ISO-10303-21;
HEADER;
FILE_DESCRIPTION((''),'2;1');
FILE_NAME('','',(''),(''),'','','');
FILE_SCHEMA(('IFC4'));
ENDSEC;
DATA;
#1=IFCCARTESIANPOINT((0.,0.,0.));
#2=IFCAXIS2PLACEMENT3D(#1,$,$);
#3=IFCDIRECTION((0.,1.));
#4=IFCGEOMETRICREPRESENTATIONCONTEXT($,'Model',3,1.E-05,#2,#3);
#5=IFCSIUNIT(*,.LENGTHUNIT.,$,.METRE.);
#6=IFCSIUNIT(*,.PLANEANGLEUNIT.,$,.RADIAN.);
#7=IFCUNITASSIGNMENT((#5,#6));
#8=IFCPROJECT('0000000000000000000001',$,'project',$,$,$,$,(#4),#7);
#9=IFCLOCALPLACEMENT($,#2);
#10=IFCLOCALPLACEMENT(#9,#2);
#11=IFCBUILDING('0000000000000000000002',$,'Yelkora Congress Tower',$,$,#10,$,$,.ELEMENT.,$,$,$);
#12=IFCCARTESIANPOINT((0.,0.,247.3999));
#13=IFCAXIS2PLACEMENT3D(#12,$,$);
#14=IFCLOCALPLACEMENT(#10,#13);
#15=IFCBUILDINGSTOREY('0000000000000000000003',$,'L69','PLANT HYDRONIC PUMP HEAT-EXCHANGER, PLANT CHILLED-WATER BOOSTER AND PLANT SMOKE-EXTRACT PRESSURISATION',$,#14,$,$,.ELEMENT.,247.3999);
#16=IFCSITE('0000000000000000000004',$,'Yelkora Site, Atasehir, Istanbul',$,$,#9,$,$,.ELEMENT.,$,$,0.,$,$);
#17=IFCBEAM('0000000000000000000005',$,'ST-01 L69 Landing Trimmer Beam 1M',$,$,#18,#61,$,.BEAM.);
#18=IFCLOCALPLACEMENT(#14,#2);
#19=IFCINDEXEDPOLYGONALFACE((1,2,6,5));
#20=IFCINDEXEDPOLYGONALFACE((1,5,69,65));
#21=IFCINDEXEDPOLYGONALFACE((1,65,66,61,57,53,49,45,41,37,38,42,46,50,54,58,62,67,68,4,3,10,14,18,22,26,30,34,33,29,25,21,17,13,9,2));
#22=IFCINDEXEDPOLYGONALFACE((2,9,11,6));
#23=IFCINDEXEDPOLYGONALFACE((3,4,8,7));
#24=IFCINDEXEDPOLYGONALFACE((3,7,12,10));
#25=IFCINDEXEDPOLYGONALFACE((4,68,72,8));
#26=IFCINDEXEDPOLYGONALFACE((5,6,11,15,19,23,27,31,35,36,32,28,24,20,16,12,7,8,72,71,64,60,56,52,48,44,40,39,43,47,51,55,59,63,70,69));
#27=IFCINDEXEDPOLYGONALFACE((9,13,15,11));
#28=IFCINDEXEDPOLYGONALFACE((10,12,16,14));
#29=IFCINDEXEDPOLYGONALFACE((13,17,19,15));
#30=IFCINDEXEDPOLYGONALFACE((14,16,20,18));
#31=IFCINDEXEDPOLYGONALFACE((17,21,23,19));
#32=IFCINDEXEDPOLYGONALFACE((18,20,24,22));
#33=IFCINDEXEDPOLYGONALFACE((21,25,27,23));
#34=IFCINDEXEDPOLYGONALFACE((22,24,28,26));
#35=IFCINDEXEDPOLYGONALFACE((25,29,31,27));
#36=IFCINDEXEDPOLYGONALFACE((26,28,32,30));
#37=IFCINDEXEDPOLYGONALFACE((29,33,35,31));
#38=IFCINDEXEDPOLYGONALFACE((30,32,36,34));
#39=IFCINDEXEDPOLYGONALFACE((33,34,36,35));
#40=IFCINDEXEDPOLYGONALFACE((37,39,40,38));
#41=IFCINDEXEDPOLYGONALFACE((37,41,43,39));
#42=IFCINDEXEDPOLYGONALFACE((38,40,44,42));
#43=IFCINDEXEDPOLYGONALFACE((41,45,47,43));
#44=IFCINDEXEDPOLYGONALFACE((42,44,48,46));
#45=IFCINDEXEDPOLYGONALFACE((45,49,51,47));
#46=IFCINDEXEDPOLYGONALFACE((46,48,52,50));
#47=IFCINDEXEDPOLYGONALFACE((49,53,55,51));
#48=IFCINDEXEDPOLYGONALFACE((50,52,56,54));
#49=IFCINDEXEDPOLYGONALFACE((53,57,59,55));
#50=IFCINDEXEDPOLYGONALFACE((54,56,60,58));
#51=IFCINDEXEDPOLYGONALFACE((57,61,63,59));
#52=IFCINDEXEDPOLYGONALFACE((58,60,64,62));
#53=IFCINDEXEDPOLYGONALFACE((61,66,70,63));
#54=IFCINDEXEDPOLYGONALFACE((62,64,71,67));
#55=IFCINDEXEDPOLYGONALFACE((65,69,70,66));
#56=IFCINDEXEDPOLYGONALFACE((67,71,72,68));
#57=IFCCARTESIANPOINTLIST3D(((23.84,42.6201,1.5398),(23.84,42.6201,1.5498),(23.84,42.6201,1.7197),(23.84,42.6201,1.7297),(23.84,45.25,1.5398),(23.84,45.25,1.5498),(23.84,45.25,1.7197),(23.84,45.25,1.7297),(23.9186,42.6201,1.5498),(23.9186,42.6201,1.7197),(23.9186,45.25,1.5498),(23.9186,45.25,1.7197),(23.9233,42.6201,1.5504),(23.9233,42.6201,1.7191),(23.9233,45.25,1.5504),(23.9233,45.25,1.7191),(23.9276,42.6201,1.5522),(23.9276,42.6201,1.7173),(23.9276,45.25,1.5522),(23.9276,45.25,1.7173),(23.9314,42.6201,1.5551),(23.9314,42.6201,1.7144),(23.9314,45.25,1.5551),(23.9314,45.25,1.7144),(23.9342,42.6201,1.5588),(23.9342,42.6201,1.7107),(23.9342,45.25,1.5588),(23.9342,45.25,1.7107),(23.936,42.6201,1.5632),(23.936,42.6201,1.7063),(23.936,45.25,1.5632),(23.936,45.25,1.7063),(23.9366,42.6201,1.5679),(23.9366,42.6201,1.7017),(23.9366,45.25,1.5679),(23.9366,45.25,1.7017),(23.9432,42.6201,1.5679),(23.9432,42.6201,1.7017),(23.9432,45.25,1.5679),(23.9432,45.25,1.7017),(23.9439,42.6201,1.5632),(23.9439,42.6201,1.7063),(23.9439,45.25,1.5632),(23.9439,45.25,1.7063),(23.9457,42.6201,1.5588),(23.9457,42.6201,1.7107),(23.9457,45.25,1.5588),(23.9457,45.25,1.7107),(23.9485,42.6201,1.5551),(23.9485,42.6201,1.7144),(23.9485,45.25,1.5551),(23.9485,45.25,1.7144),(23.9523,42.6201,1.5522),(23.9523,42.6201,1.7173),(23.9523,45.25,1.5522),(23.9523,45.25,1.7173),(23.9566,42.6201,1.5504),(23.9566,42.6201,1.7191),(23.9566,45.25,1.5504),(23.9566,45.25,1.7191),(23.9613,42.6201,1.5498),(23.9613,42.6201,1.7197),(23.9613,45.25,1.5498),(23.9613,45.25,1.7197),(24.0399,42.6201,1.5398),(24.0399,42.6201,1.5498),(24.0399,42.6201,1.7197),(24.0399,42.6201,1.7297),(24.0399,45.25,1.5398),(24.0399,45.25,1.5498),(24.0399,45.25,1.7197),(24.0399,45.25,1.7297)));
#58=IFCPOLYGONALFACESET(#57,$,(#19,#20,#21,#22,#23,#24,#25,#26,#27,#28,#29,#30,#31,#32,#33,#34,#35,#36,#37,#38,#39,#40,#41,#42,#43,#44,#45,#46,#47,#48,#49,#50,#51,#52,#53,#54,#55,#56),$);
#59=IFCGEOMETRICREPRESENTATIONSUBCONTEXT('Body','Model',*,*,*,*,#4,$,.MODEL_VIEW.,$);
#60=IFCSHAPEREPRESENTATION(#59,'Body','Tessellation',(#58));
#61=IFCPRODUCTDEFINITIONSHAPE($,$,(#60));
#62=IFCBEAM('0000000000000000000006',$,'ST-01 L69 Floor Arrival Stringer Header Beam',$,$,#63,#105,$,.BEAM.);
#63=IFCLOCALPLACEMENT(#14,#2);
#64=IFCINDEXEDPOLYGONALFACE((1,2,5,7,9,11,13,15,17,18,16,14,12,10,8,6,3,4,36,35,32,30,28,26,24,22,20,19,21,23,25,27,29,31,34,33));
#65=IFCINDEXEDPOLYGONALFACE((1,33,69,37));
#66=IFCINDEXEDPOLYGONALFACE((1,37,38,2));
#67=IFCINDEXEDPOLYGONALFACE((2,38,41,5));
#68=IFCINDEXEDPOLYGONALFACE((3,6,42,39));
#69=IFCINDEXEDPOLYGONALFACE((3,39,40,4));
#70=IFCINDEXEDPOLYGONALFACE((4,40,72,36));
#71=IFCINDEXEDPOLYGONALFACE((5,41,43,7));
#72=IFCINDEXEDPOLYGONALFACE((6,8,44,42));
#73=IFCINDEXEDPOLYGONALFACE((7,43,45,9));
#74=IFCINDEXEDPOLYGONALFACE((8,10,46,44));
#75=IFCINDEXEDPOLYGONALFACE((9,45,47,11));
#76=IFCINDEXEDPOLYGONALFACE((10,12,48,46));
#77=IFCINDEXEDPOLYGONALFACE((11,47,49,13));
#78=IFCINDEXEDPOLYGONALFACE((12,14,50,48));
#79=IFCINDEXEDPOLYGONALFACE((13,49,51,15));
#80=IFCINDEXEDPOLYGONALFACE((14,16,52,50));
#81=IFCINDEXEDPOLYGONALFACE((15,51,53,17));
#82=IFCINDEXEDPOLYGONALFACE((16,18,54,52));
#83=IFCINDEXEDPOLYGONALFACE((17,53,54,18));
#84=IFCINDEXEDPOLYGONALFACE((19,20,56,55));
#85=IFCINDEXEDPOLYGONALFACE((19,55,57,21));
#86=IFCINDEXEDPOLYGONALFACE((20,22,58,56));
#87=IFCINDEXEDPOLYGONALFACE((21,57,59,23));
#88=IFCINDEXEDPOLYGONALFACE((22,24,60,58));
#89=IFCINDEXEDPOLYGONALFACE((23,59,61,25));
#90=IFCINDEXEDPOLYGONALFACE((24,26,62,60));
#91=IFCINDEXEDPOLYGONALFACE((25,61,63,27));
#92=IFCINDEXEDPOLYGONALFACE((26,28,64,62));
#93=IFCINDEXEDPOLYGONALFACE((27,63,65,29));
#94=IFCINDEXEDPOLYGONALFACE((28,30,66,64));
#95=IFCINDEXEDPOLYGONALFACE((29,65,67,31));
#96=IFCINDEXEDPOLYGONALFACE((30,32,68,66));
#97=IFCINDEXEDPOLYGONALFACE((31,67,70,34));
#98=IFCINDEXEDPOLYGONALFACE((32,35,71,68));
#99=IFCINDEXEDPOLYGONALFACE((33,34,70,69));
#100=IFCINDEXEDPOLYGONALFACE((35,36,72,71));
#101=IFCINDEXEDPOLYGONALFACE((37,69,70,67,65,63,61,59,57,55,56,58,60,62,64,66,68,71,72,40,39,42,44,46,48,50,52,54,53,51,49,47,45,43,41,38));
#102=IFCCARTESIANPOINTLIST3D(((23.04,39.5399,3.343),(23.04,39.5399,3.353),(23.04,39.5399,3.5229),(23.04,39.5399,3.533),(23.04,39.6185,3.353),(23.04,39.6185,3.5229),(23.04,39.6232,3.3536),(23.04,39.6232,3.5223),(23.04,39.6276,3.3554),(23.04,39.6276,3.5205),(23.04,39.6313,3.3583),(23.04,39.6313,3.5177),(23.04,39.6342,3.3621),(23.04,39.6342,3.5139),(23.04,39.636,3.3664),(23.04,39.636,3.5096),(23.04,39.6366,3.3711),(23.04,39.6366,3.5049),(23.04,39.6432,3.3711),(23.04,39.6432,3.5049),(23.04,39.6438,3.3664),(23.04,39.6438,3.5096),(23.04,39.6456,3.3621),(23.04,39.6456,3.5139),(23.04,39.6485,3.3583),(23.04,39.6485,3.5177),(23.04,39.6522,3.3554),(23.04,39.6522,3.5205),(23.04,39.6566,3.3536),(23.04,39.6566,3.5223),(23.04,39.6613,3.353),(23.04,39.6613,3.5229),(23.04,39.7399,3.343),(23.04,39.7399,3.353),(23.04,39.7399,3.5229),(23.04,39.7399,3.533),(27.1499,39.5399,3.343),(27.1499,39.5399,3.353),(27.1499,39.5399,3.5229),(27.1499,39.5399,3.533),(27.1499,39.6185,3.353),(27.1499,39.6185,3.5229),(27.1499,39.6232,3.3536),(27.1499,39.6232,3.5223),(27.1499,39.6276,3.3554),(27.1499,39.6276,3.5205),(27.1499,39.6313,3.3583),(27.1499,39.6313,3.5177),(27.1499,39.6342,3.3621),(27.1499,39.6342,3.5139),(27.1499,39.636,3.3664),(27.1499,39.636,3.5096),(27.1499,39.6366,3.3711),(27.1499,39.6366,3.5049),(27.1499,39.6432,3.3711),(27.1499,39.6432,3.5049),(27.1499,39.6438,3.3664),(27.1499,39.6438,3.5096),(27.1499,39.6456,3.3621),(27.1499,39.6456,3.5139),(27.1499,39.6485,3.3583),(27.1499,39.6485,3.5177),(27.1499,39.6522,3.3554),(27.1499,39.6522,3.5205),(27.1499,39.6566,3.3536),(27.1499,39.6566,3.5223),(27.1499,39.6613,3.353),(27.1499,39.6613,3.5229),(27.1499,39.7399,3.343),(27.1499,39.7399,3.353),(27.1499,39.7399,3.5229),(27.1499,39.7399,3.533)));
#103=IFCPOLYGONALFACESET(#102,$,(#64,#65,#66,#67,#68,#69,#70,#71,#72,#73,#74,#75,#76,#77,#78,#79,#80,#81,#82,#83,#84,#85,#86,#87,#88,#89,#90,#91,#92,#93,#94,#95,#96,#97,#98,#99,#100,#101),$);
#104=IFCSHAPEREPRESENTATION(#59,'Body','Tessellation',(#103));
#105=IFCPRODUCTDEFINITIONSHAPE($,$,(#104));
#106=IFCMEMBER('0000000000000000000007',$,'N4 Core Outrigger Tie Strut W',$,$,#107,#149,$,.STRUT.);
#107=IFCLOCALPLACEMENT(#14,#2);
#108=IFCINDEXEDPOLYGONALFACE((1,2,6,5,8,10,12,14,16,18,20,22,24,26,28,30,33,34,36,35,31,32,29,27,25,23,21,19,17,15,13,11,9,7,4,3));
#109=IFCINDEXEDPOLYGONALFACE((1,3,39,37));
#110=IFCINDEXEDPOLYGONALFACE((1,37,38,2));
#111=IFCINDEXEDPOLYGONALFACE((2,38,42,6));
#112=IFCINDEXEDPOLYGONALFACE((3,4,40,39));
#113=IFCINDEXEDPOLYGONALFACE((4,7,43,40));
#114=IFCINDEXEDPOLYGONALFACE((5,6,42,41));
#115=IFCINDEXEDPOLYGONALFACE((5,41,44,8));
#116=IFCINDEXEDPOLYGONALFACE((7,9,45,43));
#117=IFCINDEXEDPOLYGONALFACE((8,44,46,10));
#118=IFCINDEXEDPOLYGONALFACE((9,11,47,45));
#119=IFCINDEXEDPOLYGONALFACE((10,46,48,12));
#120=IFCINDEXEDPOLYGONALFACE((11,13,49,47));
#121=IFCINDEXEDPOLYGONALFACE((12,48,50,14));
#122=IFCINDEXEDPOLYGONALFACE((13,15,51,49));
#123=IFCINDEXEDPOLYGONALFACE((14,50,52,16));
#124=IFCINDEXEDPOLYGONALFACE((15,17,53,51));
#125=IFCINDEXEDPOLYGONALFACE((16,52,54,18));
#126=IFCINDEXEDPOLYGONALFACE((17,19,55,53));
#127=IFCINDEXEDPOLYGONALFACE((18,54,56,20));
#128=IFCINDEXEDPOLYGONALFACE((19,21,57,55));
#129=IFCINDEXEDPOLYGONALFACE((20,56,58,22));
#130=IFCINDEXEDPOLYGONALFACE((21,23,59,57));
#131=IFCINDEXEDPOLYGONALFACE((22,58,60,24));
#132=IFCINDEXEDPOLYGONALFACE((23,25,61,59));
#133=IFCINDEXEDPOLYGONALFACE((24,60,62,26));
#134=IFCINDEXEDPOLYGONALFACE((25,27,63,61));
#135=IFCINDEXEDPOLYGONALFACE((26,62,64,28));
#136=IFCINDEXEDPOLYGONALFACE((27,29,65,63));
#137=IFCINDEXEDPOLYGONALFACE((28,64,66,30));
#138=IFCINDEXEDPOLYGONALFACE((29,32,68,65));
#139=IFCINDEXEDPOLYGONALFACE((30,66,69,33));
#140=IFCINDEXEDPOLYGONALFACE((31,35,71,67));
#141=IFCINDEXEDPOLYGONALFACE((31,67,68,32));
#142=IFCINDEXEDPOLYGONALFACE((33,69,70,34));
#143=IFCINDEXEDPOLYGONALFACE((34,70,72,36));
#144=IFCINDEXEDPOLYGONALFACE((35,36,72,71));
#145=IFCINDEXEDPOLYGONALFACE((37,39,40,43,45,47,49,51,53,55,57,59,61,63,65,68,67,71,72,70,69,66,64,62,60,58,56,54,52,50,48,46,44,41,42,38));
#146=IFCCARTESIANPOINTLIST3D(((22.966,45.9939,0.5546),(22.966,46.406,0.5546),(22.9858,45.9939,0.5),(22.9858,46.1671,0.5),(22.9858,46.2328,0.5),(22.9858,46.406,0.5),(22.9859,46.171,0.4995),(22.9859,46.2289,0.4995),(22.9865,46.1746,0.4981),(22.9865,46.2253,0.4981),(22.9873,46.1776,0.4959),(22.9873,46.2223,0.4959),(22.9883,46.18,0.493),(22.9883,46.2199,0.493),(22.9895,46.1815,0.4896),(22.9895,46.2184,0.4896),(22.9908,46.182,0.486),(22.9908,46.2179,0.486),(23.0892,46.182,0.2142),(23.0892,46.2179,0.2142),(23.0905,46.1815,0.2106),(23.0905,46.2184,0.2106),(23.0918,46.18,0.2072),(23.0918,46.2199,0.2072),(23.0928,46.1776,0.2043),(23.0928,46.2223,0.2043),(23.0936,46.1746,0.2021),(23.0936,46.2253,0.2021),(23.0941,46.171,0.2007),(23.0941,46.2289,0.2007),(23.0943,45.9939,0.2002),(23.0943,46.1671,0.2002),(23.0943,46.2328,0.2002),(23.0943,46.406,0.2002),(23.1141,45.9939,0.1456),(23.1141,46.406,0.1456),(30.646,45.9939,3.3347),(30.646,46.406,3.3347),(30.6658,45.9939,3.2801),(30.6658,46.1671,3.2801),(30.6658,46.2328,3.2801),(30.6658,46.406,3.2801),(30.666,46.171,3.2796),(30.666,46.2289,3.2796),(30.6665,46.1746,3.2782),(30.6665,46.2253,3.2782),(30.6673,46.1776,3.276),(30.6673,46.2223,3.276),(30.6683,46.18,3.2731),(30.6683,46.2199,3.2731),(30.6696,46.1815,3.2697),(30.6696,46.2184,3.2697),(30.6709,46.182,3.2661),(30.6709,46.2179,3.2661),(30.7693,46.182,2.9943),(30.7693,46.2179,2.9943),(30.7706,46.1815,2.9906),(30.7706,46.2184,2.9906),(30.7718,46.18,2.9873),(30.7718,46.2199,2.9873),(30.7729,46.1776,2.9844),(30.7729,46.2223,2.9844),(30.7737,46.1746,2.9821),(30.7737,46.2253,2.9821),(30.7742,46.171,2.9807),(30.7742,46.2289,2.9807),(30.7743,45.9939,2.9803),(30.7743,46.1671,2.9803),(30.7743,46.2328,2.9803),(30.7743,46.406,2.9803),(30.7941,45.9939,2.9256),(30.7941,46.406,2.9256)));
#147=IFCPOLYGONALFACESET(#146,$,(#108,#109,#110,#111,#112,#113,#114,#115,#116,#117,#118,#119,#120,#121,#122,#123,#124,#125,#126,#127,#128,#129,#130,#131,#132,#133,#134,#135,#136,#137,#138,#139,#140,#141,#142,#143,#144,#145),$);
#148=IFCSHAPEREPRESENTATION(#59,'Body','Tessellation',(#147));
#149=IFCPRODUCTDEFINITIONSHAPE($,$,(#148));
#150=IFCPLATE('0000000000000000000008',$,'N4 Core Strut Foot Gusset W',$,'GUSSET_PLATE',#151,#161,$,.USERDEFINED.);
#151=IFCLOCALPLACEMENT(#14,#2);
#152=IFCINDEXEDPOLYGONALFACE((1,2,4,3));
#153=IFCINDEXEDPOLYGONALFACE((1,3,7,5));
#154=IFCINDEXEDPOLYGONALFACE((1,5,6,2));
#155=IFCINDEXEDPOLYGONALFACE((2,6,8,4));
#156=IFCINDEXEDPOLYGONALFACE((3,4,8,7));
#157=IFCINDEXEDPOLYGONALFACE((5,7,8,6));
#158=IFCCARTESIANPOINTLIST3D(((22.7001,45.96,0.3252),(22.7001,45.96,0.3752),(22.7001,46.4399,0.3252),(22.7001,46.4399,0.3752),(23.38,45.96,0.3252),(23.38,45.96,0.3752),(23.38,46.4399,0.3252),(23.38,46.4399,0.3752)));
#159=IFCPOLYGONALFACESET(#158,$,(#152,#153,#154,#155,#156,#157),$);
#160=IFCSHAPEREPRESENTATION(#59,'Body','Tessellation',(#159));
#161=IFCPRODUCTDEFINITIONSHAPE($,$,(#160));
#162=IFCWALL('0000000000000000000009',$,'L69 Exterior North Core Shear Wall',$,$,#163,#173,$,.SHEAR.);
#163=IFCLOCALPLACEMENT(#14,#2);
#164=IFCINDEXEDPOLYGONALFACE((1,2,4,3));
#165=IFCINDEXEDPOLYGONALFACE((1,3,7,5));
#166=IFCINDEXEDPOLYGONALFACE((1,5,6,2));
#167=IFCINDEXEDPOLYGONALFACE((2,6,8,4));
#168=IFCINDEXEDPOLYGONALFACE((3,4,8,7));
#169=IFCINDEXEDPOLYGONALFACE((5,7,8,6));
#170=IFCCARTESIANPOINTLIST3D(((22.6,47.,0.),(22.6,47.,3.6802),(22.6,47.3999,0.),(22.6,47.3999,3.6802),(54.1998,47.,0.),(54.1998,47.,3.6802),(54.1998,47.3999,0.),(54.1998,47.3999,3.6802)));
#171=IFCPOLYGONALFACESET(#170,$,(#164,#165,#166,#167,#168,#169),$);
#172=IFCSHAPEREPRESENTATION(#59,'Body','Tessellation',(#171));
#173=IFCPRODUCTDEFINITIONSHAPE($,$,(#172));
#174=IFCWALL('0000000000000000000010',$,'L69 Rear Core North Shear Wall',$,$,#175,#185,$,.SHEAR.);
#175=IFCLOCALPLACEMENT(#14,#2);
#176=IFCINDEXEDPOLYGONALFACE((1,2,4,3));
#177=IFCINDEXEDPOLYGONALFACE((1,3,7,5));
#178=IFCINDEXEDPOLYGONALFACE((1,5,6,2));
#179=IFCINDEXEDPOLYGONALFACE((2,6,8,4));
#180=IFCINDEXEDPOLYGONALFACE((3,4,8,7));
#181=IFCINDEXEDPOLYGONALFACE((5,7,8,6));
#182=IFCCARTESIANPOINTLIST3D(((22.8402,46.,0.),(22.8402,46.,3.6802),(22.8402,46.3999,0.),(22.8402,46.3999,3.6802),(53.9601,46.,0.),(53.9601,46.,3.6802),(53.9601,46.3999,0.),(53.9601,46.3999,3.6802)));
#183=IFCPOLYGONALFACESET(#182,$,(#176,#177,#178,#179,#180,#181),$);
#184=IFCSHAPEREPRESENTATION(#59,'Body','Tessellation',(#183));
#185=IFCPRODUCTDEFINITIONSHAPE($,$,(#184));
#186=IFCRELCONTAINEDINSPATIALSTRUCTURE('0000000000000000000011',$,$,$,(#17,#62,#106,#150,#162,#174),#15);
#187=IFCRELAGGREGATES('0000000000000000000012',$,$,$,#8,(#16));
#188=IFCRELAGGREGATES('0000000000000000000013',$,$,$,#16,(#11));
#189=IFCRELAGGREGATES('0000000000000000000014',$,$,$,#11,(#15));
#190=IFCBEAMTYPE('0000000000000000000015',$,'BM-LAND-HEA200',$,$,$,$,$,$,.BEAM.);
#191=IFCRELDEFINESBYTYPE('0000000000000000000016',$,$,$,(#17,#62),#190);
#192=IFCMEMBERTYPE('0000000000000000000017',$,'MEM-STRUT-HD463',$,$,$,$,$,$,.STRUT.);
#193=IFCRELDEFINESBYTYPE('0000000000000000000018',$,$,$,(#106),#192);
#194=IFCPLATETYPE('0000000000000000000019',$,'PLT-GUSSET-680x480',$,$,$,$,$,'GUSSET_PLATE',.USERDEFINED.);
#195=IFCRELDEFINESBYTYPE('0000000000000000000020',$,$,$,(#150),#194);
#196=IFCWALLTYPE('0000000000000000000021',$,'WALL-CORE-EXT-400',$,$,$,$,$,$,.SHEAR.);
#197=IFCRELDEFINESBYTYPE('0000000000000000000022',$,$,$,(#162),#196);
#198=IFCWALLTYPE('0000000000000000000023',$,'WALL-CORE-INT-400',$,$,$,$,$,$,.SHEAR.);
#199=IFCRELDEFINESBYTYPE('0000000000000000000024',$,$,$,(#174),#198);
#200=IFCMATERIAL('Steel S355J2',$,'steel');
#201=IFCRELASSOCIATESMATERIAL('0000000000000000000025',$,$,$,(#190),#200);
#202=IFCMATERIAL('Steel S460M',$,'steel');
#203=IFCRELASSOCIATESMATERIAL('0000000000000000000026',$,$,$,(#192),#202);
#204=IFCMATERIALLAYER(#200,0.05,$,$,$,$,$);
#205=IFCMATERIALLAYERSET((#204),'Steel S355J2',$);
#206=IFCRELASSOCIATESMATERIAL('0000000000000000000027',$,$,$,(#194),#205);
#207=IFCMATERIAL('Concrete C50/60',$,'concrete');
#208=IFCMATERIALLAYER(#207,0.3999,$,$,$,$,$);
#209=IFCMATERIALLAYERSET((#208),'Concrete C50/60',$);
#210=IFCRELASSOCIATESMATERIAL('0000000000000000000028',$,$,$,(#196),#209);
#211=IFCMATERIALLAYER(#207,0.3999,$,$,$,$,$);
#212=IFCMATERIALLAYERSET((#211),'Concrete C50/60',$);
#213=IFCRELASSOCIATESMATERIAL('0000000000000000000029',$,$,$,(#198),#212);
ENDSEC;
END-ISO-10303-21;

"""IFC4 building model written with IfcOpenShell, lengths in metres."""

from ifc_helpers import new_model, si_unit, direction, frame, frame_2d, origin, origin_2d, place, context, subcontext, project, spatial, rectangle, i_section, extrude, material, layer, layer_set, material_profile, profile_set, type_object, element, save


model = new_model("IFC4")

# Units and contexts
model_context = context("Model", 3, precision=1e-05, world=origin(), true_north=direction((0.0, 1.0)))
body_context = subcontext(model_context, "Body", "Model", "MODEL_VIEW")
ifc_project = project(units=[si_unit("LENGTHUNIT", "METRE"), si_unit("PLANEANGLEUNIT", "RADIAN")], contexts=[model_context])

# Site, building, storey
site_placement = place(None, origin())
site = spatial("IfcSite", under=ifc_project, at=site_placement, Name="Yelkora Site, Atasehir, Istanbul", CompositionType="ELEMENT", RefElevation=0.0)
building_placement = place(site_placement, origin())
building = spatial("IfcBuilding", under=site, at=building_placement, Name="Yelkora Congress Tower", CompositionType="ELEMENT")
storey_placement = place(building_placement, frame((0.0, 0.0, 247.3999)))
storey = spatial("IfcBuildingStorey", under=building, at=storey_placement, Name="L69", Description="PLANT HYDRONIC PUMP HEAT-EXCHANGER, PLANT CHILLED-WATER BOOSTER AND PLANT SMOKE-EXTRACT PRESSURISATION", CompositionType="ELEMENT", Elevation=247.3999)

# Shared definitions
ifc_material_1 = material(Name="Steel S460M", Category="steel")

# Beams
ifc_material_2 = material(Name="Steel S355J2", Category="steel")
ifc_material_profile_1 = material_profile(ifc_material_2, i_section(OverallWidth=0.2, OverallDepth=0.1899, WebThickness=0.0066, FlangeThickness=0.01, FilletRadius=0.0181, at=origin_2d()), Name="HEA 200")
ifc_profile_set_1 = profile_set([ifc_material_profile_1], Name="Steel S355J2")
beam_type = type_object("IfcBeamType", Name="BM-LAND-HEA200", PredefinedType="BEAM", material=ifc_profile_set_1)
beam_1_placement = place(storey_placement, frame((23.9399, 42.6201, 1.6348), z_axis=(0.0, 1.0, 0.0), x_axis=(-1.0, 0.0, 0.0)))
element("IfcBeam", 1, at=beam_1_placement, inside=storey, type_object=beam_type, Name="ST-01 L69 Landing Trimmer Beam 1M", PredefinedType="BEAM", context=body_context, shape_type="SweptSolid", body=[
    extrude(i_section(OverallWidth=0.2, OverallDepth=0.1899, WebThickness=0.0066, FlangeThickness=0.01, FilletRadius=0.0181, at=origin_2d()), origin(), (0.0, 0.0, 1.0), 2.6299),
])
beam_2_placement = place(storey_placement, frame((23.04, 39.6399, 3.438), z_axis=(1.0, 0.0, 0.0), x_axis=(0.0, 1.0, 0.0)))
element("IfcBeam", 2, at=beam_2_placement, inside=storey, type_object=beam_type, Name="ST-01 L69 Floor Arrival Stringer Header Beam", PredefinedType="BEAM", context=body_context, shape_type="SweptSolid", body=[
    extrude(i_section(OverallWidth=0.2, OverallDepth=0.1899, WebThickness=0.0066, FlangeThickness=0.01, FilletRadius=0.0181, at=origin_2d()), origin(), (0.0, 0.0, 1.0), 4.1099),
])

# Member
ifc_material_profile_2 = material_profile(ifc_material_1, i_section(OverallWidth=0.4121, OverallDepth=0.4351, WebThickness=0.0359, FlangeThickness=0.0581, FilletRadius=0.0149, at=origin_2d()), Name="HD 400x463")
ifc_profile_set_2 = profile_set([ifc_material_profile_2], Name="Steel S460M")
member_type = type_object("IfcMemberType", Name="MEM-STRUT-HD463", PredefinedType="STRUT", material=ifc_profile_set_2)
member_placement = place(storey_placement, frame((23.04, 46.2, 0.3501), z_axis=(0.940291, 0.0, 0.340372), x_axis=(0.0, 1.0, 0.0)))
element("IfcMember", 3, at=member_placement, inside=storey, type_object=member_type, Name="N4 Core Outrigger Tie Strut W", PredefinedType="STRUT", context=body_context, shape_type="SweptSolid", body=[
    extrude(i_section(OverallWidth=0.4121, OverallDepth=0.4351, WebThickness=0.0359, FlangeThickness=0.0581, FilletRadius=0.0149, at=origin_2d()), origin(), (0.0, 0.0, 1.0), 8.1677),
])

# Plate
ifc_layer_1 = layer(ifc_material_2, 0.05)
ifc_layer_set_1 = layer_set([ifc_layer_1], Name="Steel S355J2")
plate_type = type_object("IfcPlateType", Name="PLT-GUSSET-680x480", ElementType="GUSSET_PLATE", PredefinedType="USERDEFINED", material=ifc_layer_set_1)
plate_placement = place(storey_placement, frame((23.04, 46.2, 0.3252), z_axis=(0.0, 0.0, 1.0), x_axis=(1.0, 0.0, 0.0)))
element("IfcPlate", 4, at=plate_placement, inside=storey, type_object=plate_type, Name="N4 Core Strut Foot Gusset W", ObjectType="GUSSET_PLATE", PredefinedType="USERDEFINED", context=body_context, shape_type="SweptSolid", body=[
    extrude(rectangle(XDim=0.6799, YDim=0.48, at=origin_2d()), origin(), (0.0, 0.0, 1.0), 0.05),
])

# Walls
ifc_material_3 = material(Name="Concrete C50/60", Category="concrete")
ifc_layer_2 = layer(ifc_material_3, 0.3999)
ifc_layer_set_2 = layer_set([ifc_layer_2], Name="Concrete C50/60")
wall_type_1 = type_object("IfcWallType", Name="WALL-CORE-EXT-400", PredefinedType="SHEAR", material=ifc_layer_set_2)
wall_1_placement = place(storey_placement, frame((22.6001, 47.2, 0.0), z_axis=(0.0, 0.0, 1.0), x_axis=(1.0, 0.0, 0.0)))
element("IfcWall", 5, at=wall_1_placement, inside=storey, type_object=wall_type_1, Name="L69 Exterior North Core Shear Wall", PredefinedType="SHEAR", context=body_context, shape_type="SweptSolid", body=[
    extrude(rectangle(XDim=31.5999, YDim=0.3999, at=frame_2d((15.7998, 0.0))), origin(), (0.0, 0.0, 1.0), 3.6802),
])
ifc_layer_3 = layer(ifc_material_3, 0.3999)
ifc_layer_set_3 = layer_set([ifc_layer_3], Name="Concrete C50/60")
wall_type_2 = type_object("IfcWallType", Name="WALL-CORE-INT-400", PredefinedType="SHEAR", material=ifc_layer_set_3)
wall_2_placement = place(storey_placement, frame((22.8401, 46.2, 0.0), z_axis=(0.0, 0.0, 1.0), x_axis=(1.0, 0.0, 0.0)))
element("IfcWall", 6, at=wall_2_placement, inside=storey, type_object=wall_type_2, Name="L69 Rear Core North Shear Wall", PredefinedType="SHEAR", context=body_context, shape_type="SweptSolid", body=[
    extrude(rectangle(XDim=31.1199, YDim=0.3999, at=frame_2d((15.5601, 0.0))), origin(), (0.0, 0.0, 1.0), 3.6802),
])

save(model, "model.ifc")
